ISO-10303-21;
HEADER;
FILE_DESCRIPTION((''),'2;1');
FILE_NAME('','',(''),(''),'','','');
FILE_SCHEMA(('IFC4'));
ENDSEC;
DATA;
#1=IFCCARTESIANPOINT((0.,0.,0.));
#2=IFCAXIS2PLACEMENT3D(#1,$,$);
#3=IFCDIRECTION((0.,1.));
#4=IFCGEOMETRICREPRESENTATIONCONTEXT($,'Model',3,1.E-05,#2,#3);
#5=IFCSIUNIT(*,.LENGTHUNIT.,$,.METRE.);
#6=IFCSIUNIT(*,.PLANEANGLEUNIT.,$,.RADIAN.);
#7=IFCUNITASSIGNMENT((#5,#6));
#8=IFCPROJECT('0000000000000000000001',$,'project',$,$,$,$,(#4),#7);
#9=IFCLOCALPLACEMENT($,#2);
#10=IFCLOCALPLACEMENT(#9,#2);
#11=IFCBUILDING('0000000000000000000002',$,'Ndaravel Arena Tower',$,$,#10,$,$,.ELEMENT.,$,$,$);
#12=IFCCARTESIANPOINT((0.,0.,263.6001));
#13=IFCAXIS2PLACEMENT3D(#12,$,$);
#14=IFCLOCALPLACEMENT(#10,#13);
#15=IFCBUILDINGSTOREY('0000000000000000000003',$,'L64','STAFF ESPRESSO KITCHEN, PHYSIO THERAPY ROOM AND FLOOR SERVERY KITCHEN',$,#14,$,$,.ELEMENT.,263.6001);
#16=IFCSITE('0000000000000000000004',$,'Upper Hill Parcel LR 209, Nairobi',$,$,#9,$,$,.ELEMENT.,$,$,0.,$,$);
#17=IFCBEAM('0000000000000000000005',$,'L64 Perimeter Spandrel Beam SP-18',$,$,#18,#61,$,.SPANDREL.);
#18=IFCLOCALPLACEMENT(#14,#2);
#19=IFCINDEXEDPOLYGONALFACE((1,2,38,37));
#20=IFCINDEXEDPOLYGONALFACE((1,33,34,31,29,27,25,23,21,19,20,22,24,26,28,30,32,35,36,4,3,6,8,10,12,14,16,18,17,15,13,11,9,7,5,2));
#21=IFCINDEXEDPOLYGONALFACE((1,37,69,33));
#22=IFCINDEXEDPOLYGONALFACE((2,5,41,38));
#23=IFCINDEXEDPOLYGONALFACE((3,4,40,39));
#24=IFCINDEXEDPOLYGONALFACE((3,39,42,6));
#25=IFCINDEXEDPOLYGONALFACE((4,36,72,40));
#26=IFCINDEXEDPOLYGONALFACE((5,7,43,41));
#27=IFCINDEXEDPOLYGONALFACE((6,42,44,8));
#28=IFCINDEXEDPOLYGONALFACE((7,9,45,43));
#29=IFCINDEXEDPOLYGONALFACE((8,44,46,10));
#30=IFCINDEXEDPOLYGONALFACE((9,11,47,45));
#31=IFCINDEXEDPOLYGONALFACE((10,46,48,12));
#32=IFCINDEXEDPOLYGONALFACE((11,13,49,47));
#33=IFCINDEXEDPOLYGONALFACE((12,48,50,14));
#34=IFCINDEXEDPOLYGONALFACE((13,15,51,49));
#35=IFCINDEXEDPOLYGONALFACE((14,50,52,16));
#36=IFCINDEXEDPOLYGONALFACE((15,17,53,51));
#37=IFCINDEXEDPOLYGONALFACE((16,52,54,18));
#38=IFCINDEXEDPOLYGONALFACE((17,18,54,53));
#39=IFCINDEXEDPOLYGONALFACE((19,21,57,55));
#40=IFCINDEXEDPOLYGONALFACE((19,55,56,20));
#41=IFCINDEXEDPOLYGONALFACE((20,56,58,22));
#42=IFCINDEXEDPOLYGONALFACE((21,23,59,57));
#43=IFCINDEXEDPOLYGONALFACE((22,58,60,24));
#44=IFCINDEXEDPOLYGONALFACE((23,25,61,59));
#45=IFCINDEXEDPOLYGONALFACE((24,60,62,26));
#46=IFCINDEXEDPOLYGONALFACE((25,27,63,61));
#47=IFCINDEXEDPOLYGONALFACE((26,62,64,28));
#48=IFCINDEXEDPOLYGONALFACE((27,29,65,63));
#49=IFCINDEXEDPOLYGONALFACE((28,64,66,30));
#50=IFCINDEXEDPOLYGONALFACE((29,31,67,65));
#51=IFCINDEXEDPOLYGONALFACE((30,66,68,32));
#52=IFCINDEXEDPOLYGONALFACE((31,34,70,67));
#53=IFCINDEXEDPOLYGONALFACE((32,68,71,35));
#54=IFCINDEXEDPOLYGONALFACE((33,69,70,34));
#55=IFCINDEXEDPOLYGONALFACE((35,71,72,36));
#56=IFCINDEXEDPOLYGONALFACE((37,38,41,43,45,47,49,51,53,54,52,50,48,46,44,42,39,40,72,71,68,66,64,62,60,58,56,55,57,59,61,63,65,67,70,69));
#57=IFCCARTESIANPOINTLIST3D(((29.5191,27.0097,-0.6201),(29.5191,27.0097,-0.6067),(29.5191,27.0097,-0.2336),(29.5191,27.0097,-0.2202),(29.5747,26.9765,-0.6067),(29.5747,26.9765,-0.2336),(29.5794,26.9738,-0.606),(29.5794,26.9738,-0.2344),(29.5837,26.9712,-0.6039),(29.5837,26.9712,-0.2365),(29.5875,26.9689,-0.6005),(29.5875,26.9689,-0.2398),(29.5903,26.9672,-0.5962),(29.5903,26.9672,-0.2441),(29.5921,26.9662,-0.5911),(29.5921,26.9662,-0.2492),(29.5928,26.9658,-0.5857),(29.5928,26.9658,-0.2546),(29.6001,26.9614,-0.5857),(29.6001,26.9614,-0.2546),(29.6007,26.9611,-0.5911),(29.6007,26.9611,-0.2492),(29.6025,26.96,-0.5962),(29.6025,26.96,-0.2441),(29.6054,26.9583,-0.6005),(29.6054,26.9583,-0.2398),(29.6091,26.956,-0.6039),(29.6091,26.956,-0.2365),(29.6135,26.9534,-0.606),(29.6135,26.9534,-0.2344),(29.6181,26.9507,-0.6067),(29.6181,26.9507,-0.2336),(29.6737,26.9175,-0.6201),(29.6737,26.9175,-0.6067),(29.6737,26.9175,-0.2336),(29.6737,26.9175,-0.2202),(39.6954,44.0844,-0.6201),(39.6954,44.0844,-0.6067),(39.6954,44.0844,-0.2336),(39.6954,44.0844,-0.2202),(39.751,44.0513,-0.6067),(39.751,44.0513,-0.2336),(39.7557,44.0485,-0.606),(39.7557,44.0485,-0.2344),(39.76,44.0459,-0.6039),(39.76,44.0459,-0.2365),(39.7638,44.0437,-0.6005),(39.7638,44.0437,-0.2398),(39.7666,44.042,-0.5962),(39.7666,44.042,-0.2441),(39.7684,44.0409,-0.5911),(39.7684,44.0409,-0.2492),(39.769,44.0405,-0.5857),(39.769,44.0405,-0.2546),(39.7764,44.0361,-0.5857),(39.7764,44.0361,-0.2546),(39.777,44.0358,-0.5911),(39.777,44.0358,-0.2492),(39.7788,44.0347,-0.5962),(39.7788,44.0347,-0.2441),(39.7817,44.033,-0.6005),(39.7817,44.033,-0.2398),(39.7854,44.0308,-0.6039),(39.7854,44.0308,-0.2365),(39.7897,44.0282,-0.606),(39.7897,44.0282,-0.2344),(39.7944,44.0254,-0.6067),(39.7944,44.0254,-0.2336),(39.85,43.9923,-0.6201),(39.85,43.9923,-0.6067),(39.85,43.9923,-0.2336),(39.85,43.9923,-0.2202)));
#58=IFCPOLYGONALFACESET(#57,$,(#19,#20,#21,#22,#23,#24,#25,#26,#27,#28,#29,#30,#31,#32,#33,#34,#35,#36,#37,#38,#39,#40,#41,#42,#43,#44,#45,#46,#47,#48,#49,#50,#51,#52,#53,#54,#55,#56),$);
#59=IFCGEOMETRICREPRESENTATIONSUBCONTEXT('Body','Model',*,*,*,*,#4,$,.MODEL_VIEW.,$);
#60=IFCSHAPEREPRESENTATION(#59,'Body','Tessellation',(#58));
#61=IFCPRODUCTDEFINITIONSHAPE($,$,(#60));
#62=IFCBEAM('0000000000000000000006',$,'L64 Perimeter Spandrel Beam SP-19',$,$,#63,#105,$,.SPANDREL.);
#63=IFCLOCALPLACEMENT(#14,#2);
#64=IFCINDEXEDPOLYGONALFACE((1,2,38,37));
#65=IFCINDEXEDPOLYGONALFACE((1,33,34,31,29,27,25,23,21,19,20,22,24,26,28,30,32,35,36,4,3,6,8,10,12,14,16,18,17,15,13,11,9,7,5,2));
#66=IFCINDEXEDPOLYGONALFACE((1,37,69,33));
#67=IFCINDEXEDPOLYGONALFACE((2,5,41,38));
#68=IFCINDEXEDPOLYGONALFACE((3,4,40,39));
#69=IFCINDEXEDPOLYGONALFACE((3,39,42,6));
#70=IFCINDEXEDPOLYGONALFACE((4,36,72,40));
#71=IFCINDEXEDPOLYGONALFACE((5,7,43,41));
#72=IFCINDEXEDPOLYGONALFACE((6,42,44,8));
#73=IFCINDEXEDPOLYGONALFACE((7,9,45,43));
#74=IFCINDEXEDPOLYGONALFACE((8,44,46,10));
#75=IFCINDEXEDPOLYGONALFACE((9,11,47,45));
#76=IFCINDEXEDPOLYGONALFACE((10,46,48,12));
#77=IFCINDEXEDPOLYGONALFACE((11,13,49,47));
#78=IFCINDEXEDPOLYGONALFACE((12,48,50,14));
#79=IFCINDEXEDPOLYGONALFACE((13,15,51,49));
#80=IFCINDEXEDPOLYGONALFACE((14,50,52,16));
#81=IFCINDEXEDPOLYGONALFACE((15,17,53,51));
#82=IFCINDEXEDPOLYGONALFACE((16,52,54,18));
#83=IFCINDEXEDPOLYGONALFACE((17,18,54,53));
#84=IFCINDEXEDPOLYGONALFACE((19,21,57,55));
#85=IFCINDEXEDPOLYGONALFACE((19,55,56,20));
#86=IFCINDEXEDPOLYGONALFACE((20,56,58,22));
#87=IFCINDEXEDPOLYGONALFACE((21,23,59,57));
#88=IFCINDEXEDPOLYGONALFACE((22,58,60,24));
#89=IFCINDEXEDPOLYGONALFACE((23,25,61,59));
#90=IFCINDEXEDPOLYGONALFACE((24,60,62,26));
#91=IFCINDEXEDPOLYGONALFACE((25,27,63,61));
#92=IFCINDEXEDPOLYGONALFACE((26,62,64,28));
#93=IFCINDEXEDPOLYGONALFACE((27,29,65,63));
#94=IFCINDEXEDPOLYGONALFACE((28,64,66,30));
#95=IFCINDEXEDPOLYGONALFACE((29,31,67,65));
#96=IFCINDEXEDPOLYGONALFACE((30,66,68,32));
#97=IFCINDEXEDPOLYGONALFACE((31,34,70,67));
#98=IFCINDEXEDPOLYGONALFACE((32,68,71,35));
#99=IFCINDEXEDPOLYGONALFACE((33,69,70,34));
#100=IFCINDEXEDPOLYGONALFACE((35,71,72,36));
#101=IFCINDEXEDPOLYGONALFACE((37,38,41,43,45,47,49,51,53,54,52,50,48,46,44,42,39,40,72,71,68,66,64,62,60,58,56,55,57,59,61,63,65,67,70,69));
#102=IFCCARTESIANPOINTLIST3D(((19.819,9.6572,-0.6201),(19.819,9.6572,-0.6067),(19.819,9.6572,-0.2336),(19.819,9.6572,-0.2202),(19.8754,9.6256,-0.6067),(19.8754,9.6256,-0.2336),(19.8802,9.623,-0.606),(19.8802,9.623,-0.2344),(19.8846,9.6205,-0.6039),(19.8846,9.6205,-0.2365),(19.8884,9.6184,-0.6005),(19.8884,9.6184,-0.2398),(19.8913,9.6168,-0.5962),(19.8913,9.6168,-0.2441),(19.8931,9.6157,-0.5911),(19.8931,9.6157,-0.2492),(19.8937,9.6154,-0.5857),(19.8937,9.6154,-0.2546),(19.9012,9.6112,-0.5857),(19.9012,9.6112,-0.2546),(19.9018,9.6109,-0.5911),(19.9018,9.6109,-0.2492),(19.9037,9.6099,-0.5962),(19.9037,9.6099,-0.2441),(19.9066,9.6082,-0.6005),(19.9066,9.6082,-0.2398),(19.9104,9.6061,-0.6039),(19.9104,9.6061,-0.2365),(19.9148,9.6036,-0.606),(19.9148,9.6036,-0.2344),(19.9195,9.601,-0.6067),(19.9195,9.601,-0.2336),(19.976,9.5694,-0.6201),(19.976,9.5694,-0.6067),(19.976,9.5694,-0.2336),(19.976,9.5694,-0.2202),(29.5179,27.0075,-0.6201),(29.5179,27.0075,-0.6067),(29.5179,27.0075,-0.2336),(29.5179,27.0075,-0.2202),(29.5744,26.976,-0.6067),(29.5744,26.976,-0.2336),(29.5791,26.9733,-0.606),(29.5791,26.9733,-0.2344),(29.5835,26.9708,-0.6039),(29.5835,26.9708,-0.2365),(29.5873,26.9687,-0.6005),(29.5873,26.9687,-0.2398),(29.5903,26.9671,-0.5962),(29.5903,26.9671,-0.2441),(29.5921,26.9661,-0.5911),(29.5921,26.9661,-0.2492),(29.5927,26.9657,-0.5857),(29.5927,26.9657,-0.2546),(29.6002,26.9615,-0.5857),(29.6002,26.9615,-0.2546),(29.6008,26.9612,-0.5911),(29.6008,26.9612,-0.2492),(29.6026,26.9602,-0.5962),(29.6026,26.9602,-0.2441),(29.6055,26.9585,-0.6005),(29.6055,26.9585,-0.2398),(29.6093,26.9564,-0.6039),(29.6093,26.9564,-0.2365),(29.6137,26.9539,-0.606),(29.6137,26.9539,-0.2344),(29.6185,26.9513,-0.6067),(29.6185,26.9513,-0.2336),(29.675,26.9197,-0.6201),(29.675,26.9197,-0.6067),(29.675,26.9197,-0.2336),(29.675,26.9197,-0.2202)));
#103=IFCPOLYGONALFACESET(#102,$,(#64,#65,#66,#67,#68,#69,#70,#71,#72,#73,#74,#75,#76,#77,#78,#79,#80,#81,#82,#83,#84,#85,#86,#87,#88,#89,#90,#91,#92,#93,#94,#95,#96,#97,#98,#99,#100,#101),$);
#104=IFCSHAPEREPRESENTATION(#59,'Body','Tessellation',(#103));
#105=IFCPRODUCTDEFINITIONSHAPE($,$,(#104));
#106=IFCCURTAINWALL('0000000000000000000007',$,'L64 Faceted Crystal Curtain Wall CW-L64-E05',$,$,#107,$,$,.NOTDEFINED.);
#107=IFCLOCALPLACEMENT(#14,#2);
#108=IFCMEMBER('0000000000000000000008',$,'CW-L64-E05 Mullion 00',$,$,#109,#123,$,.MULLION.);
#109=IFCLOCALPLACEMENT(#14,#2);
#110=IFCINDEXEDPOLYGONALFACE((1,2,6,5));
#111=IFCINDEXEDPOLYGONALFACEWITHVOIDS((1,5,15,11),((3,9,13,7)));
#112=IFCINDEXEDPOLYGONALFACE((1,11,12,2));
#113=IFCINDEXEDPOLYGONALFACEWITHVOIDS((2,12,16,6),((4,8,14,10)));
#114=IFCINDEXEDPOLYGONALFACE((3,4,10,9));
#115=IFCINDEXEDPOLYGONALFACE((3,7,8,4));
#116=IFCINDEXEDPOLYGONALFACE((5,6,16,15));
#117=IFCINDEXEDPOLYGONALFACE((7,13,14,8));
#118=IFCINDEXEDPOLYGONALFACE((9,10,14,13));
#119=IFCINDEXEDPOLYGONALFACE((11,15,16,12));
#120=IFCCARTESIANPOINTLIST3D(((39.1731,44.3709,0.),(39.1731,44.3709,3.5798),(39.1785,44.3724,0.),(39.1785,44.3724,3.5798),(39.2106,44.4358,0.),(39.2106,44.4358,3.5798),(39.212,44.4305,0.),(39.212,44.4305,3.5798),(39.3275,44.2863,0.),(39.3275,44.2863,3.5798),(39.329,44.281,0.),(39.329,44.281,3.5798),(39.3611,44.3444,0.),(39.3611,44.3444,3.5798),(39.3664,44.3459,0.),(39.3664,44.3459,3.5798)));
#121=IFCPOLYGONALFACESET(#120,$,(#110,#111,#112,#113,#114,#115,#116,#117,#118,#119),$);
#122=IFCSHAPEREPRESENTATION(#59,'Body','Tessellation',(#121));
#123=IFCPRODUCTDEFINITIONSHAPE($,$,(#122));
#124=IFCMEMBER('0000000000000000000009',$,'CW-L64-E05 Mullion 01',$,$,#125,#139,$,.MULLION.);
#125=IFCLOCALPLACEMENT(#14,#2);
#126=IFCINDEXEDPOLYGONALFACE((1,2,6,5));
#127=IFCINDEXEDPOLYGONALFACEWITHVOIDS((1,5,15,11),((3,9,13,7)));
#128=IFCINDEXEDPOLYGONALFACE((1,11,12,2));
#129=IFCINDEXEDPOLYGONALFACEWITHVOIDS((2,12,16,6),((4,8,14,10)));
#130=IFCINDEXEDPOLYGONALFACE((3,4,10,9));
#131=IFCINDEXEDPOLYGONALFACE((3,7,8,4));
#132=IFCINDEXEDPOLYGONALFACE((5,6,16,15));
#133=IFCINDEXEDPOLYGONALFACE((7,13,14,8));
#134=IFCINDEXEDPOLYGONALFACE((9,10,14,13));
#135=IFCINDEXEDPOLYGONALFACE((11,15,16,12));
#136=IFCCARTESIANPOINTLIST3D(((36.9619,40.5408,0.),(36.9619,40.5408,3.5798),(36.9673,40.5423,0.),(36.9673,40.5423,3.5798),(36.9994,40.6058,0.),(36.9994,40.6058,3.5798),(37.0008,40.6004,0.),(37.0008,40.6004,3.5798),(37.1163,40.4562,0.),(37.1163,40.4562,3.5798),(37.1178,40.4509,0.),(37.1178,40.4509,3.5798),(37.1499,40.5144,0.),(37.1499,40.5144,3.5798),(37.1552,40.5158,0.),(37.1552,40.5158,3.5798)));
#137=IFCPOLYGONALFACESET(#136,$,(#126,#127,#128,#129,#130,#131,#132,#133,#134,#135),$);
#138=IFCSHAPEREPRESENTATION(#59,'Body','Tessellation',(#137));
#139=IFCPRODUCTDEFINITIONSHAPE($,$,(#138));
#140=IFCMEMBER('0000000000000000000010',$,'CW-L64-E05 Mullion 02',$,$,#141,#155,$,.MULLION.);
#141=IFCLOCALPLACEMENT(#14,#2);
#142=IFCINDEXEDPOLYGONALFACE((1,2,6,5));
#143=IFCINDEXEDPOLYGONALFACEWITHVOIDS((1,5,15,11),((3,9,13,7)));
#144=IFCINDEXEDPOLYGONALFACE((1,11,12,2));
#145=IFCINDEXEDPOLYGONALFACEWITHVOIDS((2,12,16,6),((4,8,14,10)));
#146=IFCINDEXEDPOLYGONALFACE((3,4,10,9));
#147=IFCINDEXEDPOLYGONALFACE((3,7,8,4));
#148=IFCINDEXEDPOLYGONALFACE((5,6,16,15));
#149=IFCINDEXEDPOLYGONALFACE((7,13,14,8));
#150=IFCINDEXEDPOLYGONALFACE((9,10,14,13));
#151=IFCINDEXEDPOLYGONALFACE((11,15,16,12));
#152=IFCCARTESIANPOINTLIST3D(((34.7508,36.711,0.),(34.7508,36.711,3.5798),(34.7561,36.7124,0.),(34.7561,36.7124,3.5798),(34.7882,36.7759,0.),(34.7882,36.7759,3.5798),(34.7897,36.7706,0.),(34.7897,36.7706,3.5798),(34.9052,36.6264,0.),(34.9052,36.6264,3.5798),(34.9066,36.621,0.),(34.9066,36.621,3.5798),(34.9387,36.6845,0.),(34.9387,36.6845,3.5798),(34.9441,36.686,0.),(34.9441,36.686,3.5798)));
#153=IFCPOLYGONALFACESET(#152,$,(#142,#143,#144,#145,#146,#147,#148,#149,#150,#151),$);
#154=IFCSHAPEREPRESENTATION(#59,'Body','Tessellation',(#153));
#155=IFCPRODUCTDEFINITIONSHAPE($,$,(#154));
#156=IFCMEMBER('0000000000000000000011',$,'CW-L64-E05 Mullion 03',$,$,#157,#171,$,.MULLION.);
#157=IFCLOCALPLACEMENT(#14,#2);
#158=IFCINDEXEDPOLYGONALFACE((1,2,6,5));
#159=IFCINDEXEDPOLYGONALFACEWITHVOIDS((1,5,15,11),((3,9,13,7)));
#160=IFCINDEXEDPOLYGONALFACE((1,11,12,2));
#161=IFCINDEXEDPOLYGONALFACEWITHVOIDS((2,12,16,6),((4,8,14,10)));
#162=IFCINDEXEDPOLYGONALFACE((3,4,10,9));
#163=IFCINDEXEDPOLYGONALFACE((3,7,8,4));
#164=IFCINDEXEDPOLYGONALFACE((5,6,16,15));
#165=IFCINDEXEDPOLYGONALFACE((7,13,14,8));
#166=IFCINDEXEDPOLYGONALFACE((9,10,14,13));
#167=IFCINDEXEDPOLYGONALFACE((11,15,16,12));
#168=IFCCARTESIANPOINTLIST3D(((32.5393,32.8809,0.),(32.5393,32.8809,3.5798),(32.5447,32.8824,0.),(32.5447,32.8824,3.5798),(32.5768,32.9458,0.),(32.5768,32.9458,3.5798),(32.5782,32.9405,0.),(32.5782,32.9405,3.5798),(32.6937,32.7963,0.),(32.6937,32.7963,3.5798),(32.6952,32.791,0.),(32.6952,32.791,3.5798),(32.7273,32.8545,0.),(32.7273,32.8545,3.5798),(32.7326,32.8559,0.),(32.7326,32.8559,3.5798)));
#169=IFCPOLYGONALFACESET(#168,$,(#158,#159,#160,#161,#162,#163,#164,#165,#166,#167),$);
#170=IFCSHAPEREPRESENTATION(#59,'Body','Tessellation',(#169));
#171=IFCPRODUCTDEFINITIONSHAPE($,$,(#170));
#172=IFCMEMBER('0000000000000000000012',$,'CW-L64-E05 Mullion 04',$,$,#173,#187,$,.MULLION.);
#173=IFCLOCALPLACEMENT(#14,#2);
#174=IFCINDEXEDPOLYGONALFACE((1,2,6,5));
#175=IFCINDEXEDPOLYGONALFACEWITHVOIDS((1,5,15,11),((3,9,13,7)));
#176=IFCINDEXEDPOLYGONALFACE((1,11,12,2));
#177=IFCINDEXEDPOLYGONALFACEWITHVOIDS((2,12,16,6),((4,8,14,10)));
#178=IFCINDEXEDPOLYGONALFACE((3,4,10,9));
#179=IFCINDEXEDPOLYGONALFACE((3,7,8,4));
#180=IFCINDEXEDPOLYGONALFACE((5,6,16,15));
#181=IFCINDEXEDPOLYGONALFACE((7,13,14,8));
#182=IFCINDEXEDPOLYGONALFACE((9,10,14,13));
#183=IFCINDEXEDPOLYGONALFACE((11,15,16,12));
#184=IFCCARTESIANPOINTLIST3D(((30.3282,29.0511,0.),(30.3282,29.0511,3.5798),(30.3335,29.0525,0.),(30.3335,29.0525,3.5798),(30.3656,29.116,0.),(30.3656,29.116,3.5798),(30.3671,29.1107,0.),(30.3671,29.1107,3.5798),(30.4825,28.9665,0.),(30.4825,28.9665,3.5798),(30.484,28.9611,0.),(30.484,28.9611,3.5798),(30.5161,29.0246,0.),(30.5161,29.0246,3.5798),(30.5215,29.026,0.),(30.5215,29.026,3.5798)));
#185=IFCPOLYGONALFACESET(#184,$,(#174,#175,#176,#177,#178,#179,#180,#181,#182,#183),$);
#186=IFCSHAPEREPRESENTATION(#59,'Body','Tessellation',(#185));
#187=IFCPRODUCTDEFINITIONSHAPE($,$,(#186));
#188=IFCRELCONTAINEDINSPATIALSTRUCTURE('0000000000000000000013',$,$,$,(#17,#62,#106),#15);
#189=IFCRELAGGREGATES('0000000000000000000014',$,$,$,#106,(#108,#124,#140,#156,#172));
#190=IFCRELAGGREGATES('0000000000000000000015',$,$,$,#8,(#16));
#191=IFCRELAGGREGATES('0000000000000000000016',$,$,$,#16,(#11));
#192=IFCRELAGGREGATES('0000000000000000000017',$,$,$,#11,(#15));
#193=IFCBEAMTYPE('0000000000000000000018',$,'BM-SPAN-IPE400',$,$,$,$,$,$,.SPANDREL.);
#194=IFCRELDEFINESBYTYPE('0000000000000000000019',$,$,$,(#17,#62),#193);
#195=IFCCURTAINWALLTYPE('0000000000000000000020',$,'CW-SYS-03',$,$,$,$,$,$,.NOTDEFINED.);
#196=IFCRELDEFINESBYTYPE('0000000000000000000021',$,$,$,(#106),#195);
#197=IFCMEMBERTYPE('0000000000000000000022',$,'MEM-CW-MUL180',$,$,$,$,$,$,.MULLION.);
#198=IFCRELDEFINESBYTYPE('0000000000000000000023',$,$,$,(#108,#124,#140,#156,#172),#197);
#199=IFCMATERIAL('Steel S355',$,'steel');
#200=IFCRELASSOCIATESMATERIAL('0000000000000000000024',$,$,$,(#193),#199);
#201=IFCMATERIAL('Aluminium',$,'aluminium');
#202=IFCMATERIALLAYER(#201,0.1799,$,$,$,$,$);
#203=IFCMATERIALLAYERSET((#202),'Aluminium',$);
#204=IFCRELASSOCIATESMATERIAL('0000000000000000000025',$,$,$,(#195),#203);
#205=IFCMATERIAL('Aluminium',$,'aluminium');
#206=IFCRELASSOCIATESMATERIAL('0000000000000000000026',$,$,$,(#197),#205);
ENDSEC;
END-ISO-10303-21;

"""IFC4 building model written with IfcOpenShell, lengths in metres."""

from ifc_helpers import new_model, si_unit, direction, frame, origin, origin_2d, place, context, subcontext, project, spatial, hollow_rectangle, i_section, extrude, material, layer, layer_set, material_profile, profile_set, type_object, element, aggregate, save


model = new_model("IFC4")

# Units and contexts
model_context = context("Model", 3, precision=1e-05, world=origin(), true_north=direction((0.0, 1.0)))
body_context = subcontext(model_context, "Body", "Model", "MODEL_VIEW")
ifc_project = project(units=[si_unit("LENGTHUNIT", "METRE"), si_unit("PLANEANGLEUNIT", "RADIAN")], contexts=[model_context])

# Site, building, storey
site_placement = place(None, origin())
site = spatial("IfcSite", under=ifc_project, at=site_placement, Name="Upper Hill Parcel LR 209, Nairobi", CompositionType="ELEMENT", RefElevation=0.0)
building_placement = place(site_placement, origin())
building = spatial("IfcBuilding", under=site, at=building_placement, Name="Ndaravel Arena Tower", CompositionType="ELEMENT")
storey_placement = place(building_placement, frame((0.0, 0.0, 263.6001)))
storey = spatial("IfcBuildingStorey", under=building, at=storey_placement, Name="L64", Description="STAFF ESPRESSO KITCHEN, PHYSIO THERAPY ROOM AND FLOOR SERVERY KITCHEN", CompositionType="ELEMENT", Elevation=263.6001)

# Beams
ifc_material_1 = material(Name="Steel S355", Category="steel")
ifc_material_profile_1 = material_profile(ifc_material_1, i_section(OverallWidth=0.1799, OverallDepth=0.3999, WebThickness=0.0085, FlangeThickness=0.0134, FilletRadius=0.021, at=origin_2d()), Name="IPE 400")
ifc_profile_set_1 = profile_set([ifc_material_profile_1], Name="Steel S355")
beam_type_1 = type_object("IfcBeamType", Name="BM-SPAN-IPE400", PredefinedType="SPANDREL", material=ifc_profile_set_1)
for number, where, z_axis, x_axis, name in (
    (1, (39.7727, 44.0383, -0.4202), (-0.511958, -0.859011, 0.0), (0.859011, -0.511958, 0.0), "L64 Perimeter Spandrel Beam SP-18"),
    (2, (29.5964, 26.9636, -0.4202), (-0.487944, -0.872875, 0.0), (0.872875, -0.487944, 0.0), "L64 Perimeter Spandrel Beam SP-19"),
):
    element("IfcBeam", number, at=place(storey_placement, frame(where, z_axis=z_axis, x_axis=x_axis)), inside=storey, type_object=beam_type_1, Name=name, PredefinedType="SPANDREL", context=body_context, shape_type="SweptSolid", body=[
        extrude(i_section(OverallWidth=0.1799, OverallDepth=0.3999, WebThickness=0.0085, FlangeThickness=0.0134, FilletRadius=0.021, at=origin_2d()), origin(), (0.0, 0.0, 1.0), 19.8772),
    ])

# Curtain wall, members
ifc_material_2 = material(Name="Aluminium", Category="aluminium")
ifc_layer_1 = layer(ifc_material_2, 0.1799)
ifc_layer_set_1 = layer_set([ifc_layer_1], Name="Aluminium")
curtain_wall_type_1 = type_object("IfcCurtainWallType", Name="CW-SYS-03", PredefinedType="NOTDEFINED", material=ifc_layer_set_1)
curtain_wall_1_placement = place(storey_placement, origin())
curtain_wall_1 = element("IfcCurtainWall", 3, at=curtain_wall_1_placement, inside=storey, type_object=curtain_wall_type_1, Name="L64 Faceted Crystal Curtain Wall CW-L64-E05", PredefinedType="NOTDEFINED")
ifc_material_3 = material(Name="Aluminium", Category="aluminium")
ifc_material_profile_2 = material_profile(ifc_material_3, hollow_rectangle(XDim=0.075, YDim=0.1799, WallThickness=0.0039, at=origin_2d()), Name="CW MULLION 75x180x4")
ifc_profile_set_2 = profile_set([ifc_material_profile_2], Name="Aluminium")
member_type_1 = type_object("IfcMemberType", Name="MEM-CW-MUL180", PredefinedType="MULLION", material=ifc_profile_set_2)
member_1_placement = place(storey_placement, frame((39.2698, 44.3584, 0.0), z_axis=(0.0, 0.0, 1.0), x_axis=(-0.5, -0.866025, 0.0)))
member_1 = element("IfcMember", 4, at=member_1_placement, type_object=member_type_1, Name="CW-L64-E05 Mullion 00", PredefinedType="MULLION", context=body_context, shape_type="SweptSolid", body=[
    extrude(hollow_rectangle(XDim=0.075, YDim=0.1799, WallThickness=0.0039, at=origin_2d()), origin(), (0.0, 0.0, 1.0), 3.5798),
])
member_2_placement = place(storey_placement, frame((37.0586, 40.5283, 0.0), z_axis=(0.0, 0.0, 1.0), x_axis=(-0.5, -0.866025, 0.0)))
member_2 = element("IfcMember", 5, at=member_2_placement, type_object=member_type_1, Name="CW-L64-E05 Mullion 01", PredefinedType="MULLION", context=body_context, shape_type="SweptSolid", body=[
    extrude(hollow_rectangle(XDim=0.075, YDim=0.1799, WallThickness=0.0039, at=origin_2d()), origin(), (0.0, 0.0, 1.0), 3.5798),
])
member_3_placement = place(storey_placement, frame((34.8474, 36.6985, 0.0), z_axis=(0.0, 0.0, 1.0), x_axis=(-0.5, -0.866025, 0.0)))
member_3 = element("IfcMember", 6, at=member_3_placement, type_object=member_type_1, Name="CW-L64-E05 Mullion 02", PredefinedType="MULLION", context=body_context, shape_type="SweptSolid", body=[
    extrude(hollow_rectangle(XDim=0.075, YDim=0.1799, WallThickness=0.0039, at=origin_2d()), origin(), (0.0, 0.0, 1.0), 3.5798),
])
member_4_placement = place(storey_placement, frame((32.636, 32.8684, 0.0), z_axis=(0.0, 0.0, 1.0), x_axis=(-0.5, -0.866025, 0.0)))
member_4 = element("IfcMember", 7, at=member_4_placement, type_object=member_type_1, Name="CW-L64-E05 Mullion 03", PredefinedType="MULLION", context=body_context, shape_type="SweptSolid", body=[
    extrude(hollow_rectangle(XDim=0.075, YDim=0.1799, WallThickness=0.0039, at=origin_2d()), origin(), (0.0, 0.0, 1.0), 3.5798),
])
member_5_placement = place(storey_placement, frame((30.4248, 29.0386, 0.0), z_axis=(0.0, 0.0, 1.0), x_axis=(-0.5, -0.866025, 0.0)))
member_5 = element("IfcMember", 8, at=member_5_placement, type_object=member_type_1, Name="CW-L64-E05 Mullion 04", PredefinedType="MULLION", context=body_context, shape_type="SweptSolid", body=[
    extrude(hollow_rectangle(XDim=0.075, YDim=0.1799, WallThickness=0.0039, at=origin_2d()), origin(), (0.0, 0.0, 1.0), 3.5798),
])

aggregate(curtain_wall_1, [member_1, member_2, member_3, member_4, member_5])

save(model, "model.ifc")
